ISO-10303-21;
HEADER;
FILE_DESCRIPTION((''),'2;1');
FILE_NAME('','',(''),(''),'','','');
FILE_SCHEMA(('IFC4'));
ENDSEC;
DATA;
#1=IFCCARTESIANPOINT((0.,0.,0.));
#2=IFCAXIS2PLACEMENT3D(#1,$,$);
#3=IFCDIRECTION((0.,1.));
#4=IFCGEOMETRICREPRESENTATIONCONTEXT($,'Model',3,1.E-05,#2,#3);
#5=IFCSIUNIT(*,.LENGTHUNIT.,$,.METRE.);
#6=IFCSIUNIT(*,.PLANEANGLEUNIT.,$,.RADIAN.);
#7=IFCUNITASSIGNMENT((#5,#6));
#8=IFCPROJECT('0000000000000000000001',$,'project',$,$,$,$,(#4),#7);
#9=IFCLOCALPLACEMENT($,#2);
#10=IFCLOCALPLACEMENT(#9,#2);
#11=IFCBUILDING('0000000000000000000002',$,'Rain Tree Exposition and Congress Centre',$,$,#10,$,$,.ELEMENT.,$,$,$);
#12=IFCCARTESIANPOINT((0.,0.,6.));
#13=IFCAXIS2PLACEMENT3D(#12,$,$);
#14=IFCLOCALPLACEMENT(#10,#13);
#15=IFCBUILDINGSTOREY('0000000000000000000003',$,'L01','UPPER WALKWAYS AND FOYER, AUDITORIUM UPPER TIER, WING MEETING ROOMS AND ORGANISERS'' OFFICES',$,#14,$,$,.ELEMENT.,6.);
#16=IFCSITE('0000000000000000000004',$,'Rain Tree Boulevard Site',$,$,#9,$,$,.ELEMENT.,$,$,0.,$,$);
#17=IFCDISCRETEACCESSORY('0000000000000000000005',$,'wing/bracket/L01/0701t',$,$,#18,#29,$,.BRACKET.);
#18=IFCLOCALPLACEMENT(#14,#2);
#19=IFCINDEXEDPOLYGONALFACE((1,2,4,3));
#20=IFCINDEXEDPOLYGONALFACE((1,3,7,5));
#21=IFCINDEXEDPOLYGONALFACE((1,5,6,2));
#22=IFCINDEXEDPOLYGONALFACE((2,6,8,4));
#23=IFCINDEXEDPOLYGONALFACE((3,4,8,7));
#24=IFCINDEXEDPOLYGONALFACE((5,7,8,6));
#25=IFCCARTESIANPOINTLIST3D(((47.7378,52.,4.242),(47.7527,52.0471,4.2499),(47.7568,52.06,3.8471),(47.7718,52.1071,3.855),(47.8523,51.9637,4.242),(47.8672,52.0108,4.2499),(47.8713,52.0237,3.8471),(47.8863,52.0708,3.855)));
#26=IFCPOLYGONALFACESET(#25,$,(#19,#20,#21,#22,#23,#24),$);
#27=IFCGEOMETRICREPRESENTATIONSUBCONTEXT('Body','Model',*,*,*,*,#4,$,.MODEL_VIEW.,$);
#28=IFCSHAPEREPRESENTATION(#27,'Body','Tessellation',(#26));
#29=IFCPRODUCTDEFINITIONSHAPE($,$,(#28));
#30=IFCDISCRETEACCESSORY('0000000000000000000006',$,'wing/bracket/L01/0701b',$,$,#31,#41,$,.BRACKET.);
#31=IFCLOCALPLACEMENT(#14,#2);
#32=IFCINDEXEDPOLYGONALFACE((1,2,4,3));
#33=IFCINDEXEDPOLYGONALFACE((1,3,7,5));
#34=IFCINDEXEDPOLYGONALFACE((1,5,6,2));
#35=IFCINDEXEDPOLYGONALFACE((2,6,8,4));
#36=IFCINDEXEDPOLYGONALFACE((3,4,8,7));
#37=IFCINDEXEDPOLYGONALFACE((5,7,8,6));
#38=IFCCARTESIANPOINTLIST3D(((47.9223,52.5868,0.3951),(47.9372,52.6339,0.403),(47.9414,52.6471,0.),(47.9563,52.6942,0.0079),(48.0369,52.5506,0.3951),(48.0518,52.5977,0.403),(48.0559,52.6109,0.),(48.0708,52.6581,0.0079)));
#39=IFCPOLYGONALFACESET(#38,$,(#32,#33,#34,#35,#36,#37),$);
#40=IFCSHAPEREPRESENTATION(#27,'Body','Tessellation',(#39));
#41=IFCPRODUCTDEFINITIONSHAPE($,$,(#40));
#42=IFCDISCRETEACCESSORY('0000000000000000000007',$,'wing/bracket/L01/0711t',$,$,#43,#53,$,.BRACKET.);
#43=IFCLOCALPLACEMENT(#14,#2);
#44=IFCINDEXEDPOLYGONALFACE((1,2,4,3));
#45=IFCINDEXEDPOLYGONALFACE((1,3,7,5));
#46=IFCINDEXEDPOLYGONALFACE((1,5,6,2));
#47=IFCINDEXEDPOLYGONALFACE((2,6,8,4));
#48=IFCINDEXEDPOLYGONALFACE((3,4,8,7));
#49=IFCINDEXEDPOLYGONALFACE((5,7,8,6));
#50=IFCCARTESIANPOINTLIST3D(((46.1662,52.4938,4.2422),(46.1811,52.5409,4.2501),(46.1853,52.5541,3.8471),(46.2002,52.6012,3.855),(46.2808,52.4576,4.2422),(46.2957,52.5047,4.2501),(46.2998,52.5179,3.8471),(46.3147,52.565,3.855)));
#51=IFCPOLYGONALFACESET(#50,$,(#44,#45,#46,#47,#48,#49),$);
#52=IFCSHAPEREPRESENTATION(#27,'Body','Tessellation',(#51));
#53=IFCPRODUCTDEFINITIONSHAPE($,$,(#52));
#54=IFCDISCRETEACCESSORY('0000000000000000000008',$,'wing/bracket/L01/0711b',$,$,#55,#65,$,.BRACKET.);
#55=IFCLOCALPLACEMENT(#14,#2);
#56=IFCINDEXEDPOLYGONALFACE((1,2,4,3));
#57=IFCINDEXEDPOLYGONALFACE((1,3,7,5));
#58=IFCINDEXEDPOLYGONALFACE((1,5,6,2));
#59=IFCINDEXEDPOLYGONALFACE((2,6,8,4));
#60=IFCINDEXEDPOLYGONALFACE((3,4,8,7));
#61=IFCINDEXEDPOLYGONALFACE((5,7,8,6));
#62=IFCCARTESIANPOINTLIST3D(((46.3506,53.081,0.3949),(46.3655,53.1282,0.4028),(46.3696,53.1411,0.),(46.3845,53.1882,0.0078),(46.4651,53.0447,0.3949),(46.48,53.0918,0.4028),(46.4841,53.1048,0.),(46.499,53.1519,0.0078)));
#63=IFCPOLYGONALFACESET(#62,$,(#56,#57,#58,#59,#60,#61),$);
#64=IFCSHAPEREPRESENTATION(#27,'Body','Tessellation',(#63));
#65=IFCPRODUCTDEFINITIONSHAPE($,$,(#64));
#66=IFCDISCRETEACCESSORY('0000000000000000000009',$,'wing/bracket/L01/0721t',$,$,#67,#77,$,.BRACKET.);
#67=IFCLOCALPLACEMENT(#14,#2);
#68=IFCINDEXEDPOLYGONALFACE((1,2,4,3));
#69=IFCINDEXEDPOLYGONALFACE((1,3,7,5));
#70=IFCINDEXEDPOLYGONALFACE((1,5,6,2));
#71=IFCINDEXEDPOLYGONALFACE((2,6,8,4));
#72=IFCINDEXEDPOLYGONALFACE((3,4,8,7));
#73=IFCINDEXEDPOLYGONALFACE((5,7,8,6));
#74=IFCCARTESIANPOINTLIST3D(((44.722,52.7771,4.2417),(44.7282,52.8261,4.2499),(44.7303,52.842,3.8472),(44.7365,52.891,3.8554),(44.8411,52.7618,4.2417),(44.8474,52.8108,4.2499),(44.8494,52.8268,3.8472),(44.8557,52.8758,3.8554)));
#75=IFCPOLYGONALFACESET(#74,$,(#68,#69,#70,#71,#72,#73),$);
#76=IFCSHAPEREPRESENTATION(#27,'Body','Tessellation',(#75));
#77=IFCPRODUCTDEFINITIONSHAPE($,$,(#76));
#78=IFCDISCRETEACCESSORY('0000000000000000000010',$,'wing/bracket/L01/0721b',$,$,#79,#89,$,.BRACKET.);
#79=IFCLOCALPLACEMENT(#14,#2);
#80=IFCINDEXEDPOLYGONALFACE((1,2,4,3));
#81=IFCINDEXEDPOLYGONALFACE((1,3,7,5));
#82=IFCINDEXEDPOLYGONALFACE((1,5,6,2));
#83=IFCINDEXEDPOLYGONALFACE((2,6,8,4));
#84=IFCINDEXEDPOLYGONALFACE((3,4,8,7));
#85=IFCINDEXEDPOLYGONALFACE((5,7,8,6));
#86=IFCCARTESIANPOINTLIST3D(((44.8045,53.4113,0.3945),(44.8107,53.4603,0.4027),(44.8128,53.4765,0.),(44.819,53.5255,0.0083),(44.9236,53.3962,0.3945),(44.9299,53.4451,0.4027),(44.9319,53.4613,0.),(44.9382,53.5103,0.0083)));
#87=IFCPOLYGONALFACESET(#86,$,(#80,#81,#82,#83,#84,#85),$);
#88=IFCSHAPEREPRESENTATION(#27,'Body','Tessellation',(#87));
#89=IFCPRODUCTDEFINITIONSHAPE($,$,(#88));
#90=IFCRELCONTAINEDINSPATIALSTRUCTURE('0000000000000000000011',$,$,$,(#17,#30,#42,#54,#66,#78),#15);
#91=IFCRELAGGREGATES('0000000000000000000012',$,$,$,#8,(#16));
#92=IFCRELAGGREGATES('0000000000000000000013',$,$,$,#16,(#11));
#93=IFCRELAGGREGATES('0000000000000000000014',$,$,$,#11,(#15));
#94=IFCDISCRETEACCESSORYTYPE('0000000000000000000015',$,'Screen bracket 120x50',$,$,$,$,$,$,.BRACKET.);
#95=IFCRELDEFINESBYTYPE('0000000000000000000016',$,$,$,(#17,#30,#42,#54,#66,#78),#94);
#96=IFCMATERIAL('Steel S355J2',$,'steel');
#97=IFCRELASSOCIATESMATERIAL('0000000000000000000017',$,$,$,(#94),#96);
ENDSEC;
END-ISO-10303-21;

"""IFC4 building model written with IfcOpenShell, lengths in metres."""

from ifc_helpers import new_model, si_unit, direction, frame, origin, origin_2d, place, context, subcontext, project, spatial, rectangle, extrude, material, material_profile, profile_set, type_object, element, save


model = new_model("IFC4")

# Units and contexts
model_context = context("Model", 3, precision=1e-05, world=origin(), true_north=direction((0.0, 1.0)))
body_context = subcontext(model_context, "Body", "Model", "MODEL_VIEW")
ifc_project = project(units=[si_unit("LENGTHUNIT", "METRE"), si_unit("PLANEANGLEUNIT", "RADIAN")], contexts=[model_context])

# Site, building, storey
site_placement = place(None, origin())
site = spatial("IfcSite", under=ifc_project, at=site_placement, Name="Rain Tree Boulevard Site", CompositionType="ELEMENT", RefElevation=0.0)
building_placement = place(site_placement, origin())
building = spatial("IfcBuilding", under=site, at=building_placement, Name="Rain Tree Exposition and Congress Centre", CompositionType="ELEMENT")
storey_placement = place(building_placement, frame((0.0, 0.0, 6.0)))
storey = spatial("IfcBuildingStorey", under=building, at=storey_placement, Name="L01", Description="UPPER WALKWAYS AND FOYER, AUDITORIUM UPPER TIER, WING MEETING ROOMS AND ORGANISERS' OFFICES", CompositionType="ELEMENT", Elevation=6.0)

# Discrete accessories
ifc_material_1 = material(Name="Steel S355J2", Category="steel")
ifc_material_profile_1 = material_profile(ifc_material_1, rectangle(XDim=0.1201, YDim=0.05, at=origin_2d()), Name="Flat bar 120x50")
ifc_profile_set_1 = profile_set([ifc_material_profile_1], Name="Steel S355J2")
discrete_accessory_type = type_object("IfcDiscreteAccessoryType", Name="Screen bracket 120x50", PredefinedType="BRACKET", material=ifc_profile_set_1)
for number, where, z_axis, x_axis, name in (
    (1, (47.8215, 52.0654, 3.8511), (-0.047606, -0.150142, 0.987518), (0.953231, -0.302244, 0.0), "wing/bracket/L01/0701t"),
):
    element("IfcDiscreteAccessory", number, at=place(storey_placement, frame(where, z_axis=z_axis, x_axis=x_axis)), inside=storey, type_object=discrete_accessory_type, Name=name, PredefinedType="BRACKET", context=body_context, shape_type="SweptSolid", body=[
        extrude(rectangle(XDim=0.1201, YDim=0.05, at=origin_2d()), origin(), (0.0, 0.0, 1.0), 0.3999),
    ])
for number, where, z_axis, x_axis, name in (
    (2, (48.0061, 52.6526, 0.0039), (-0.047602, -0.150738, 0.987427), (0.953583, -0.301131, 0.0), "wing/bracket/L01/0701b"),
    (3, (46.25, 52.5596, 3.8511), (-0.047602, -0.150738, 0.987427), (0.953583, -0.301131, 0.0), "wing/bracket/L01/0711t"),
):
    element("IfcDiscreteAccessory", number, at=place(storey_placement, frame(where, z_axis=z_axis, x_axis=x_axis)), inside=storey, type_object=discrete_accessory_type, Name=name, PredefinedType="BRACKET", context=body_context, shape_type="SweptSolid", body=[
        extrude(rectangle(XDim=0.1201, YDim=0.05, at=origin_2d()), origin(), (0.0, 0.0, 1.0), 0.4001),
    ])
for number, where, z_axis, x_axis, name in (
    (4, (46.4343, 53.1465, 0.0039), (-0.047606, -0.150142, 0.987518), (0.953231, -0.302244, 0.0), "wing/bracket/L01/0711b"),
    (5, (44.793, 52.8589, 3.8513), (-0.020756, -0.162383, 0.986509), (0.99193, -0.126788, 0.0), "wing/bracket/L01/0721t"),
    (6, (44.8755, 53.4934, 0.0042), (-0.020754, -0.162978, 0.986411), (0.991989, -0.126321, 0.0), "wing/bracket/L01/0721b"),
):
    element("IfcDiscreteAccessory", number, at=place(storey_placement, frame(where, z_axis=z_axis, x_axis=x_axis)), inside=storey, type_object=discrete_accessory_type, Name=name, PredefinedType="BRACKET", context=body_context, shape_type="SweptSolid", body=[
        extrude(rectangle(XDim=0.1201, YDim=0.05, at=origin_2d()), origin(), (0.0, 0.0, 1.0), 0.3999),
    ])

save(model, "model.ifc")
